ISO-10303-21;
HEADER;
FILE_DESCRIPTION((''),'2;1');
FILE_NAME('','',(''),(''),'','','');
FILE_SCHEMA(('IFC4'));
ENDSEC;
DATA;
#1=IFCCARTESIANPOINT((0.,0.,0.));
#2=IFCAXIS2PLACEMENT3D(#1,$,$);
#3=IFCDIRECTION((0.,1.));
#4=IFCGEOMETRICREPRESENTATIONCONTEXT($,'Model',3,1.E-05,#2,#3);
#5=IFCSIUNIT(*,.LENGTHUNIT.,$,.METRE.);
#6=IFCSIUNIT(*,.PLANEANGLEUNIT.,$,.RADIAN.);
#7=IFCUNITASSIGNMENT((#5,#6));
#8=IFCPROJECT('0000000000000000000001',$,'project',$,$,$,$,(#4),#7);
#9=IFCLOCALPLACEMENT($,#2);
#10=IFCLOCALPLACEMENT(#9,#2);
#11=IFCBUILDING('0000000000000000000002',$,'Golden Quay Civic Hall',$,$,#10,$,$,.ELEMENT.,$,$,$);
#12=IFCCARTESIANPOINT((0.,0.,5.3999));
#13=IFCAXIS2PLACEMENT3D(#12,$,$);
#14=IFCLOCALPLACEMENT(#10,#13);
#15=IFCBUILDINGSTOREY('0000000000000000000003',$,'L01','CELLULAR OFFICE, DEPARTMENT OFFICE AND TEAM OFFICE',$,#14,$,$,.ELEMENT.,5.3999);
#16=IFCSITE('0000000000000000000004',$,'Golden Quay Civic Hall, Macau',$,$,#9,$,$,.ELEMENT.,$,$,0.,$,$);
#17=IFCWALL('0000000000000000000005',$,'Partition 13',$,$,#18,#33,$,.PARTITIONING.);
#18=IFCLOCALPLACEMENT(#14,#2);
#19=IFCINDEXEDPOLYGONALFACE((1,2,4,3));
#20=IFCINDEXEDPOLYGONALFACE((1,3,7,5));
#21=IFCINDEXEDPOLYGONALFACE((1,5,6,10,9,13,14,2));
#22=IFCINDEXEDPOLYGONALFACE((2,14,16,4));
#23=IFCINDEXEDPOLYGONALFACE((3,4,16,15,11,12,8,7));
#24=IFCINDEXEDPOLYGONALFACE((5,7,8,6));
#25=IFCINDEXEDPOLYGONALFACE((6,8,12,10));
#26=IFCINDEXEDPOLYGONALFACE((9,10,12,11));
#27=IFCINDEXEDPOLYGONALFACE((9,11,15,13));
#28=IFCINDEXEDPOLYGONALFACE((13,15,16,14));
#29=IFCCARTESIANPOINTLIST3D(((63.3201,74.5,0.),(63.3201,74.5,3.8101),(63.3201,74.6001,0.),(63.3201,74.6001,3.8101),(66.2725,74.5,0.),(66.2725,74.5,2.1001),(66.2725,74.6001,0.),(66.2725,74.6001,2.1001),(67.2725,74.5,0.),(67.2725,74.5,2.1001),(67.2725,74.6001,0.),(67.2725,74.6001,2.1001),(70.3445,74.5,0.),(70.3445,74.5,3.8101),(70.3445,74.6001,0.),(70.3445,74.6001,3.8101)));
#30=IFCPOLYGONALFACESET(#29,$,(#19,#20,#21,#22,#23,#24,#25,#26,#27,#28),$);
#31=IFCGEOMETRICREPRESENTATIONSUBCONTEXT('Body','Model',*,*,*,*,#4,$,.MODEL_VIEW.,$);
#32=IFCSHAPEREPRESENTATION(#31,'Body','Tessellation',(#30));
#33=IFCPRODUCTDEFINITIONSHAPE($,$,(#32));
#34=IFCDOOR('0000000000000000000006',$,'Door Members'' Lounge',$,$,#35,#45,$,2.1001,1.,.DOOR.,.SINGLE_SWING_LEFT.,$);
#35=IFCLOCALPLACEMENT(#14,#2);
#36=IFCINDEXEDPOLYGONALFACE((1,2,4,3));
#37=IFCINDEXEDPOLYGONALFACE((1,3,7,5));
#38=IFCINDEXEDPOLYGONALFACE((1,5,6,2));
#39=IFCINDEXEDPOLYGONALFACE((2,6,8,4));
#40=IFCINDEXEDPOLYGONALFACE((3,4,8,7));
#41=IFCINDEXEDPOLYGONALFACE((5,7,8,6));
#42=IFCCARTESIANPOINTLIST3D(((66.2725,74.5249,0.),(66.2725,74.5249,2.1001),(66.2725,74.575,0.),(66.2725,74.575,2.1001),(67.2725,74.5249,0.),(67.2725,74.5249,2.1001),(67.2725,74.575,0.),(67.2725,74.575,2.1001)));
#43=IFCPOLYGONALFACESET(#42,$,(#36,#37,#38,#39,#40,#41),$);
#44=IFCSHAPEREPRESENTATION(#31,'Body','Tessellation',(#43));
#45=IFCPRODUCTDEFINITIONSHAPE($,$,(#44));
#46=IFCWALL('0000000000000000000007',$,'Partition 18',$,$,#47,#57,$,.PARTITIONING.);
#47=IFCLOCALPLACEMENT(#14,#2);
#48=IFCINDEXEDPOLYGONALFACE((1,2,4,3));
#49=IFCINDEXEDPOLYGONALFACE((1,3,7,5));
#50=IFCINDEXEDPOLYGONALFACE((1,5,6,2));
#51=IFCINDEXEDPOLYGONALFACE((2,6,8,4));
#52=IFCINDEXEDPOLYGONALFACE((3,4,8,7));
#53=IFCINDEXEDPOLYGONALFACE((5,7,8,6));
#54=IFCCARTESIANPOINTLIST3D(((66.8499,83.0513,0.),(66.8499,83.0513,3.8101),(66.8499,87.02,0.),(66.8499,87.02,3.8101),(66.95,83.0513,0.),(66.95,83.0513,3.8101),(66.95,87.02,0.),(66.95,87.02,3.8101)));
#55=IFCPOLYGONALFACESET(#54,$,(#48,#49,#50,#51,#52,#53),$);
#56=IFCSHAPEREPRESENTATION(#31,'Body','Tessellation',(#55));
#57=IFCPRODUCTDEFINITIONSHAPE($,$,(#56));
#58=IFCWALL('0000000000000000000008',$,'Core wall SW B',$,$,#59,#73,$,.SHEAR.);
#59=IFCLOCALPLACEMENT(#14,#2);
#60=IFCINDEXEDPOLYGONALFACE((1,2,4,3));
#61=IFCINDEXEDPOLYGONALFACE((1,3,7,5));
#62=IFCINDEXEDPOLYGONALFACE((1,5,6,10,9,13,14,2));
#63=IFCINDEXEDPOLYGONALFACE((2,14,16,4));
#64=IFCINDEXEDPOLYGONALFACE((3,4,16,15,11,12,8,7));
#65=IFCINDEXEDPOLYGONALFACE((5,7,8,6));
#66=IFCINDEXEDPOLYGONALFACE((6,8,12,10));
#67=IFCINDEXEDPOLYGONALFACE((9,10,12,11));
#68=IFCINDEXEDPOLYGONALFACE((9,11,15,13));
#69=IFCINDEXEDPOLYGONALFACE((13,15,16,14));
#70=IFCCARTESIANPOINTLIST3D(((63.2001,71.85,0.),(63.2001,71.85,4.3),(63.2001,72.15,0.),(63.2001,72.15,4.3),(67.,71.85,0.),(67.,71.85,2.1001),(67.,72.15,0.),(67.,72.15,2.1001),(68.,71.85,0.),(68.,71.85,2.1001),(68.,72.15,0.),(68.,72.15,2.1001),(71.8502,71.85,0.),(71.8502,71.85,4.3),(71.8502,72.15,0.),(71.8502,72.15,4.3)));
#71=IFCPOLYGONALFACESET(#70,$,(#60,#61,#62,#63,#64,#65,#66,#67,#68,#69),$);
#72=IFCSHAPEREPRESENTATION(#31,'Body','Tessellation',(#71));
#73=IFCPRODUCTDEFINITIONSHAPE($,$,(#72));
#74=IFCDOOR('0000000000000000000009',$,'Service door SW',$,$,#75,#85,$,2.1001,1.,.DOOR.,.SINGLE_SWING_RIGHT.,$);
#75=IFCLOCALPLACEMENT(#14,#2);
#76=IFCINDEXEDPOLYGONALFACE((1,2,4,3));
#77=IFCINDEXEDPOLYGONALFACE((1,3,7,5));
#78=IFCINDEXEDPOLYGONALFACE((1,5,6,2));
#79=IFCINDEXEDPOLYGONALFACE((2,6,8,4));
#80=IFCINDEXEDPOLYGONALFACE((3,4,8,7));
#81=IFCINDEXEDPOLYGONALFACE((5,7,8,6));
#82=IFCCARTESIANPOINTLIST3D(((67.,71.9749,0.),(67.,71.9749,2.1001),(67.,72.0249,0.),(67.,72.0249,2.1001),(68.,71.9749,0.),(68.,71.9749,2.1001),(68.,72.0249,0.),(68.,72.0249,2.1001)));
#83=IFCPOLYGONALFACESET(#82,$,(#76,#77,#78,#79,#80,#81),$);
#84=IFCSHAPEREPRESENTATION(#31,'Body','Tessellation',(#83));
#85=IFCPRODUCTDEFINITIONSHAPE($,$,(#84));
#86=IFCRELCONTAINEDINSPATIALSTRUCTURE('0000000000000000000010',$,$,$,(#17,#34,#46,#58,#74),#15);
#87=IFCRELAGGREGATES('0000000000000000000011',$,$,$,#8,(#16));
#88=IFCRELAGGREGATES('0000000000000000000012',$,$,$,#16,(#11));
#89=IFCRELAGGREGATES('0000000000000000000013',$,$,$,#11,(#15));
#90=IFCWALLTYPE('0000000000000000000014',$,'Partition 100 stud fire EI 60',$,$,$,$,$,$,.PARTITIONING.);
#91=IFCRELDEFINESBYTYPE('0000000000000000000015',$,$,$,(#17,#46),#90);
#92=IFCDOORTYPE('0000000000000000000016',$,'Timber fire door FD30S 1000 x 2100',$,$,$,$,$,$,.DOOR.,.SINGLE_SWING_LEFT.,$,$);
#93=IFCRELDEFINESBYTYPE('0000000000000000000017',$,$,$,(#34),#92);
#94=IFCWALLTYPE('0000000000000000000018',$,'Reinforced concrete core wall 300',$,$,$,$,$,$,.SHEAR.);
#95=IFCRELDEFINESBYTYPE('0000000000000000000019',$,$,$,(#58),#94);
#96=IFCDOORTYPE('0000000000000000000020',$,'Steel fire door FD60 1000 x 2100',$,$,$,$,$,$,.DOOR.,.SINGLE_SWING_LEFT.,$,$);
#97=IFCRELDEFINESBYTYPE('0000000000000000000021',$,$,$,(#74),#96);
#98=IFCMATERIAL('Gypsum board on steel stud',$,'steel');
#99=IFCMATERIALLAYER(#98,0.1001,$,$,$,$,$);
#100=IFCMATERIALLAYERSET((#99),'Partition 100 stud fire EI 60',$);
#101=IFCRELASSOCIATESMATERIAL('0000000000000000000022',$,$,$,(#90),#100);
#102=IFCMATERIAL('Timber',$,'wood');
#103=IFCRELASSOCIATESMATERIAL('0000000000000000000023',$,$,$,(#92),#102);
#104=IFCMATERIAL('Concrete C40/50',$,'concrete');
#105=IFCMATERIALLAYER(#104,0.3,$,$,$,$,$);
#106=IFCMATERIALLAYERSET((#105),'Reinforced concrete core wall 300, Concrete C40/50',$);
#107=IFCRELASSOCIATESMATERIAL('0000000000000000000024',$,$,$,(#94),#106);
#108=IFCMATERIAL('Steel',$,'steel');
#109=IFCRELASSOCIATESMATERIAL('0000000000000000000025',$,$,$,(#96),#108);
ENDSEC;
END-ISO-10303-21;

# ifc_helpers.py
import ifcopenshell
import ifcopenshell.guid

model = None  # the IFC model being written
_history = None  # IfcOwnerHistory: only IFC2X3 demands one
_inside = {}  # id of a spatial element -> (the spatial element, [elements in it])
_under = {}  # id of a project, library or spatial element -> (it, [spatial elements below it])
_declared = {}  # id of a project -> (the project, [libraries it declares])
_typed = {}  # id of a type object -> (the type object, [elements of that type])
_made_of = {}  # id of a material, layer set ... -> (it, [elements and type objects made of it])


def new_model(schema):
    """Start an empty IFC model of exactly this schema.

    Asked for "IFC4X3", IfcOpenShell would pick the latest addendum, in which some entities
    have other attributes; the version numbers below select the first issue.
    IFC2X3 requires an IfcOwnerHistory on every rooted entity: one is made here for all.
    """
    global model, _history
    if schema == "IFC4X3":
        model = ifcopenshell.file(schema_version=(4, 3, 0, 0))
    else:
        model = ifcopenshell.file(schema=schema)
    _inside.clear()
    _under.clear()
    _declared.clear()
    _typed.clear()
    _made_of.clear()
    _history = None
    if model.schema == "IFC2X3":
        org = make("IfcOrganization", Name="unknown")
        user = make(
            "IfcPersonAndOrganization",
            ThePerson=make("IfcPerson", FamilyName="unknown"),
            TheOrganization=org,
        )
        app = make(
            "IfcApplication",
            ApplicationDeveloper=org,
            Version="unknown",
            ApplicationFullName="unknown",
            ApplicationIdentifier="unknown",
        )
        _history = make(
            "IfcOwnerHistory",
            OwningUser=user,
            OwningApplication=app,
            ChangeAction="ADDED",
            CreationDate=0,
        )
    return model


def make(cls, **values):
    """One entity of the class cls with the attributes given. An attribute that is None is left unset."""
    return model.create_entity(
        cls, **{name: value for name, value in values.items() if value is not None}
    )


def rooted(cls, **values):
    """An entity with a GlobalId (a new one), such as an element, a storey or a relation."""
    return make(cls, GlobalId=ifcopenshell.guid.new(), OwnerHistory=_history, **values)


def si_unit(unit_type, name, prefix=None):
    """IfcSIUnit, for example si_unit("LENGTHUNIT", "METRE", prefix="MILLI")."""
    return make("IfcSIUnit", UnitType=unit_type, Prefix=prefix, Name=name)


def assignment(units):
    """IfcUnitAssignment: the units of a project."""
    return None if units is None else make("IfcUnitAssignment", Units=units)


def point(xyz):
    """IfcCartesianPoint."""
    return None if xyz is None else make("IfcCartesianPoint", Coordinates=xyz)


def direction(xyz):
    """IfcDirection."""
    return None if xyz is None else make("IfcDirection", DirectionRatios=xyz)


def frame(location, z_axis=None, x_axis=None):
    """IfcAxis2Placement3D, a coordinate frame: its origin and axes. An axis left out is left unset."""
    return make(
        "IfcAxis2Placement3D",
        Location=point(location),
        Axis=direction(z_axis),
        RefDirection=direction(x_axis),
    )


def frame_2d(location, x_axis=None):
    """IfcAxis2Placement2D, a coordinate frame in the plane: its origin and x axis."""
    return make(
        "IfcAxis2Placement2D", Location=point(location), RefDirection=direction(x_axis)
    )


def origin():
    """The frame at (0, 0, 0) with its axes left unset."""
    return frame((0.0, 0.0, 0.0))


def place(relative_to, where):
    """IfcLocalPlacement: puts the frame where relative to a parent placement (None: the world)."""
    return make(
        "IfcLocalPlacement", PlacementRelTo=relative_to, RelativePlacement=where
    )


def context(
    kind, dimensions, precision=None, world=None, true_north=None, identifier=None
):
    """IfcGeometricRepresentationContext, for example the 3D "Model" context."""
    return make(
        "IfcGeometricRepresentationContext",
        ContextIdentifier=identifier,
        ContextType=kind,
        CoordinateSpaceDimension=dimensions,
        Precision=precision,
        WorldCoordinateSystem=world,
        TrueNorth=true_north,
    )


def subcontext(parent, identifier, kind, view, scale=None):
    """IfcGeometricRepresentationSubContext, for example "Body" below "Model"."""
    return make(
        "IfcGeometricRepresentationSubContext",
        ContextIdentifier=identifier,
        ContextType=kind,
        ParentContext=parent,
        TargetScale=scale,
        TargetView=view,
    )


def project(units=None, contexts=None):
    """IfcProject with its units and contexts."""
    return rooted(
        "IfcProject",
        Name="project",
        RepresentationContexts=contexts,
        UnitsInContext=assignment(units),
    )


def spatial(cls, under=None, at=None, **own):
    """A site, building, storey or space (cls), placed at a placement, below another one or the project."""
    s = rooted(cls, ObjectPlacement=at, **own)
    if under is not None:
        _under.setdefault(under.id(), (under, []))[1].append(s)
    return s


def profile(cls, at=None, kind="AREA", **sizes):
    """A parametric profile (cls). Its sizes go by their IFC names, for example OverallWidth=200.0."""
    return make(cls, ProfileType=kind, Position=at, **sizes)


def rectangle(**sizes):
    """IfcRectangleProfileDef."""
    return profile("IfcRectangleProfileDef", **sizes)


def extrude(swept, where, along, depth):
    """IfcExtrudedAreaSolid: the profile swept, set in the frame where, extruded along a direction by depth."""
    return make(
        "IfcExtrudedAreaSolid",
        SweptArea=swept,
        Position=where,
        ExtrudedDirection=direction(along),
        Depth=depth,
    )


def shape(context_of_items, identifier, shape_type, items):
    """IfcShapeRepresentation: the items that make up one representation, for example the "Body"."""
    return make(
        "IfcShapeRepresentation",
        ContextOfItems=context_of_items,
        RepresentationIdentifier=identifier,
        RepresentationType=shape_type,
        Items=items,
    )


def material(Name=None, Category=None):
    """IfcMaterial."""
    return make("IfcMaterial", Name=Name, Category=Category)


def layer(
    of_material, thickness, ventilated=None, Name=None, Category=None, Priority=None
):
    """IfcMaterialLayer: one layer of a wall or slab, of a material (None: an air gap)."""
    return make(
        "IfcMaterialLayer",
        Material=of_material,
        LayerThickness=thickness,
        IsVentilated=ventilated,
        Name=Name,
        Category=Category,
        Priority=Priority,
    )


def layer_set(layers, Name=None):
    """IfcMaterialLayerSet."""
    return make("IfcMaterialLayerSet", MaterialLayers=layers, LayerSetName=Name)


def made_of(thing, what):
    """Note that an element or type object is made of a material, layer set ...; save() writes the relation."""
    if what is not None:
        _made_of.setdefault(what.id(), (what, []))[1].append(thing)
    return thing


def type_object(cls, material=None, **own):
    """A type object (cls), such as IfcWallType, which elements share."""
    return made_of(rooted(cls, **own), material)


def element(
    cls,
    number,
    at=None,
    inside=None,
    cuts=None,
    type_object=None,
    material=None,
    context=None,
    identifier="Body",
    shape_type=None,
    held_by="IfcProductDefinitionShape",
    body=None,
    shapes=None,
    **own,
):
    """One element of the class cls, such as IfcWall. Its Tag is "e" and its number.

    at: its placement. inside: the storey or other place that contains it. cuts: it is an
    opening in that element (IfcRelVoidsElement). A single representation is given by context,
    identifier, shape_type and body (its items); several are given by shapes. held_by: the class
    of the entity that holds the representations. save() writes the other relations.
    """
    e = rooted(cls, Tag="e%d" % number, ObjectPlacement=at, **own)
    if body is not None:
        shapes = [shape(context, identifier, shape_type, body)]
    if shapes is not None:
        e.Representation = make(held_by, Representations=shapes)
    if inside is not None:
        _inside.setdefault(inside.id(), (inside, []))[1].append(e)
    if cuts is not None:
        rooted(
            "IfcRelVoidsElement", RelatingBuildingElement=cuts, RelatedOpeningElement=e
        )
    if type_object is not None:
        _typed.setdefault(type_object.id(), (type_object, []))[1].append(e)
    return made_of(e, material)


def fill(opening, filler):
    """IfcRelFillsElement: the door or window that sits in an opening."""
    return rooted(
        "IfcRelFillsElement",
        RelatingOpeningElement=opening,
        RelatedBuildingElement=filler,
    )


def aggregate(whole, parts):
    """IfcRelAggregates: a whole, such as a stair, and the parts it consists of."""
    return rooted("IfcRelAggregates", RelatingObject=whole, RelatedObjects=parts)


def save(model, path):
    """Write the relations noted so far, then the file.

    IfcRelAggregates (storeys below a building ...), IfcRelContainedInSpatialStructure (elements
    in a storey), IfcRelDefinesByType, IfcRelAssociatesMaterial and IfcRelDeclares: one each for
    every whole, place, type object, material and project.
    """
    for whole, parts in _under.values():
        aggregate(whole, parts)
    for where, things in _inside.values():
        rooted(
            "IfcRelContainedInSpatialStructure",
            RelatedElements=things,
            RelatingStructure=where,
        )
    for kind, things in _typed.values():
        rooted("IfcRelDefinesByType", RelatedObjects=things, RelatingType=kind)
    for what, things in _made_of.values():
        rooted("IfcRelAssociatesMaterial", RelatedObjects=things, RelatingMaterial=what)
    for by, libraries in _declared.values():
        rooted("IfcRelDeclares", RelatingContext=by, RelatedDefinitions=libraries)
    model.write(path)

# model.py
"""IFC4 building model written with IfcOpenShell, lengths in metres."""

from ifc_helpers import new_model, si_unit, direction, frame, frame_2d, origin, place, context, subcontext, project, spatial, rectangle, extrude, material, layer, layer_set, type_object, element, fill, save


model = new_model("IFC4")

# Units and contexts
model_context = context("Model", 3, precision=1e-05, world=origin(), true_north=direction((0.0, 1.0)))
body_context = subcontext(model_context, "Body", "Model", "MODEL_VIEW")
ifc_project = project(units=[si_unit("LENGTHUNIT", "METRE"), si_unit("PLANEANGLEUNIT", "RADIAN")], contexts=[model_context])

# Site, building, storey
site_placement = place(None, origin())
site = spatial("IfcSite", under=ifc_project, at=site_placement, Name="Golden Quay Civic Hall, Macau", CompositionType="ELEMENT", RefElevation=0.0)
building_placement = place(site_placement, origin())
building = spatial("IfcBuilding", under=site, at=building_placement, Name="Golden Quay Civic Hall", CompositionType="ELEMENT")
storey_placement = place(building_placement, frame((0.0, 0.0, 5.3999)))
storey = spatial("IfcBuildingStorey", under=building, at=storey_placement, Name="L01", Description="CELLULAR OFFICE, DEPARTMENT OFFICE AND TEAM OFFICE", CompositionType="ELEMENT", Elevation=5.3999)

# Wall, opening, door
ifc_material_1 = material(Name="Gypsum board on steel stud", Category="steel")
ifc_layer_1 = layer(ifc_material_1, 0.1001)
ifc_layer_set_1 = layer_set([ifc_layer_1], Name="Partition 100 stud fire EI 60")
wall_type_1 = type_object("IfcWallType", Name="Partition 100 stud fire EI 60", PredefinedType="PARTITIONING", material=ifc_layer_set_1)
wall_1_placement = place(storey_placement, frame((63.3201, 74.55, 0.0), z_axis=(0.0, 0.0, 1.0), x_axis=(1.0, 0.0, 0.0)))
wall_1 = element("IfcWall", 1, at=wall_1_placement, inside=storey, type_object=wall_type_1, Name="Partition 13", PredefinedType="PARTITIONING", context=body_context, shape_type="SweptSolid", body=[
    extrude(rectangle(XDim=7.0244, YDim=0.1001, at=frame_2d((3.5122, 0.0))), origin(), (0.0, 0.0, 1.0), 3.8101),
])
opening_1_placement = place(wall_1_placement, frame((2.9524, 0.0, 0.0)))
opening_1 = element("IfcOpeningElement", 2, at=opening_1_placement, cuts=wall_1, PredefinedType="OPENING", context=body_context, shape_type="SweptSolid", body=[
    extrude(rectangle(XDim=1.0, YDim=2.1001, at=frame_2d((0.5, 1.05))), frame((0.0, 0.0601, 0.0), z_axis=(0.0, -1.0, 0.0), x_axis=(1.0, 0.0, 0.0)), (0.0, 0.0, 1.0), 0.1201),
])
ifc_material_2 = material(Name="Timber", Category="wood")
door_type_1 = type_object("IfcDoorType", Name="Timber fire door FD30S 1000 x 2100", OperationType="SINGLE_SWING_LEFT", PredefinedType="DOOR", material=ifc_material_2)
door_1_placement = place(opening_1_placement, origin())
door_1 = element("IfcDoor", 3, at=door_1_placement, inside=storey, type_object=door_type_1, Name="Door Members' Lounge", OperationType="SINGLE_SWING_LEFT", OverallHeight=2.1001, OverallWidth=1.0, PredefinedType="DOOR", context=body_context, shape_type="SweptSolid", body=[
    extrude(rectangle(XDim=1.0, YDim=2.1001, at=frame_2d((0.5, 1.05))), frame((0.0, 0.0249, 0.0), z_axis=(0.0, -1.0, 0.0), x_axis=(1.0, 0.0, 0.0)), (0.0, 0.0, 1.0), 0.05),
])
fill(opening_1, door_1)

# Wall
wall_2_placement = place(storey_placement, frame((66.8999, 83.0513, 0.0), z_axis=(0.0, 0.0, 1.0), x_axis=(0.0, 1.0, 0.0)))
element("IfcWall", 4, at=wall_2_placement, inside=storey, type_object=wall_type_1, Name="Partition 18", PredefinedType="PARTITIONING", context=body_context, shape_type="SweptSolid", body=[
    extrude(rectangle(XDim=3.9688, YDim=0.1001, at=frame_2d((1.9844, 0.0))), origin(), (0.0, 0.0, 1.0), 3.8101),
])

# Wall, opening, door
ifc_material_3 = material(Name="Concrete C40/50", Category="concrete")
ifc_layer_2 = layer(ifc_material_3, 0.3)
ifc_layer_set_2 = layer_set([ifc_layer_2], Name="Reinforced concrete core wall 300, Concrete C40/50")
wall_type_2 = type_object("IfcWallType", Name="Reinforced concrete core wall 300", PredefinedType="SHEAR", material=ifc_layer_set_2)
wall_3_placement = place(storey_placement, frame((63.2, 72.0, 0.0), z_axis=(0.0, 0.0, 1.0), x_axis=(1.0, 0.0, 0.0)))
wall_3 = element("IfcWall", 5, at=wall_3_placement, inside=storey, type_object=wall_type_2, Name="Core wall SW B", PredefinedType="SHEAR", context=body_context, shape_type="SweptSolid", body=[
    extrude(rectangle(XDim=8.6501, YDim=0.3, at=frame_2d((4.3252, 0.0))), origin(), (0.0, 0.0, 1.0), 4.3),
])
opening_2_placement = place(wall_3_placement, frame((3.8, 0.0, 0.0)))
opening_2 = element("IfcOpeningElement", 6, at=opening_2_placement, cuts=wall_3, PredefinedType="OPENING", context=body_context, shape_type="SweptSolid", body=[
    extrude(rectangle(XDim=1.0, YDim=2.1001, at=frame_2d((0.5, 1.05))), frame((0.0, 0.1599, 0.0), z_axis=(0.0, -1.0, 0.0), x_axis=(1.0, 0.0, 0.0)), (0.0, 0.0, 1.0), 0.3201),
])
ifc_material_4 = material(Name="Steel", Category="steel")
door_type_2 = type_object("IfcDoorType", Name="Steel fire door FD60 1000 x 2100", OperationType="SINGLE_SWING_LEFT", PredefinedType="DOOR", material=ifc_material_4)
door_2_placement = place(opening_2_placement, frame((1.0, 0.0, 0.0), z_axis=(0.0, 0.0, 1.0), x_axis=(-1.0, 0.0, 0.0)))
door_2 = element("IfcDoor", 7, at=door_2_placement, inside=storey, type_object=door_type_2, Name="Service door SW", OperationType="SINGLE_SWING_RIGHT", OverallHeight=2.1001, OverallWidth=1.0, PredefinedType="DOOR", context=body_context, shape_type="SweptSolid", body=[
    extrude(rectangle(XDim=1.0, YDim=2.1001, at=frame_2d((0.5, 1.05))), frame((0.0, 0.0251, 0.0), z_axis=(0.0, -1.0, 0.0), x_axis=(1.0, 0.0, 0.0)), (0.0, 0.0, 1.0), 0.05),
])
fill(opening_2, door_2)

save(model, "model.ifc")
